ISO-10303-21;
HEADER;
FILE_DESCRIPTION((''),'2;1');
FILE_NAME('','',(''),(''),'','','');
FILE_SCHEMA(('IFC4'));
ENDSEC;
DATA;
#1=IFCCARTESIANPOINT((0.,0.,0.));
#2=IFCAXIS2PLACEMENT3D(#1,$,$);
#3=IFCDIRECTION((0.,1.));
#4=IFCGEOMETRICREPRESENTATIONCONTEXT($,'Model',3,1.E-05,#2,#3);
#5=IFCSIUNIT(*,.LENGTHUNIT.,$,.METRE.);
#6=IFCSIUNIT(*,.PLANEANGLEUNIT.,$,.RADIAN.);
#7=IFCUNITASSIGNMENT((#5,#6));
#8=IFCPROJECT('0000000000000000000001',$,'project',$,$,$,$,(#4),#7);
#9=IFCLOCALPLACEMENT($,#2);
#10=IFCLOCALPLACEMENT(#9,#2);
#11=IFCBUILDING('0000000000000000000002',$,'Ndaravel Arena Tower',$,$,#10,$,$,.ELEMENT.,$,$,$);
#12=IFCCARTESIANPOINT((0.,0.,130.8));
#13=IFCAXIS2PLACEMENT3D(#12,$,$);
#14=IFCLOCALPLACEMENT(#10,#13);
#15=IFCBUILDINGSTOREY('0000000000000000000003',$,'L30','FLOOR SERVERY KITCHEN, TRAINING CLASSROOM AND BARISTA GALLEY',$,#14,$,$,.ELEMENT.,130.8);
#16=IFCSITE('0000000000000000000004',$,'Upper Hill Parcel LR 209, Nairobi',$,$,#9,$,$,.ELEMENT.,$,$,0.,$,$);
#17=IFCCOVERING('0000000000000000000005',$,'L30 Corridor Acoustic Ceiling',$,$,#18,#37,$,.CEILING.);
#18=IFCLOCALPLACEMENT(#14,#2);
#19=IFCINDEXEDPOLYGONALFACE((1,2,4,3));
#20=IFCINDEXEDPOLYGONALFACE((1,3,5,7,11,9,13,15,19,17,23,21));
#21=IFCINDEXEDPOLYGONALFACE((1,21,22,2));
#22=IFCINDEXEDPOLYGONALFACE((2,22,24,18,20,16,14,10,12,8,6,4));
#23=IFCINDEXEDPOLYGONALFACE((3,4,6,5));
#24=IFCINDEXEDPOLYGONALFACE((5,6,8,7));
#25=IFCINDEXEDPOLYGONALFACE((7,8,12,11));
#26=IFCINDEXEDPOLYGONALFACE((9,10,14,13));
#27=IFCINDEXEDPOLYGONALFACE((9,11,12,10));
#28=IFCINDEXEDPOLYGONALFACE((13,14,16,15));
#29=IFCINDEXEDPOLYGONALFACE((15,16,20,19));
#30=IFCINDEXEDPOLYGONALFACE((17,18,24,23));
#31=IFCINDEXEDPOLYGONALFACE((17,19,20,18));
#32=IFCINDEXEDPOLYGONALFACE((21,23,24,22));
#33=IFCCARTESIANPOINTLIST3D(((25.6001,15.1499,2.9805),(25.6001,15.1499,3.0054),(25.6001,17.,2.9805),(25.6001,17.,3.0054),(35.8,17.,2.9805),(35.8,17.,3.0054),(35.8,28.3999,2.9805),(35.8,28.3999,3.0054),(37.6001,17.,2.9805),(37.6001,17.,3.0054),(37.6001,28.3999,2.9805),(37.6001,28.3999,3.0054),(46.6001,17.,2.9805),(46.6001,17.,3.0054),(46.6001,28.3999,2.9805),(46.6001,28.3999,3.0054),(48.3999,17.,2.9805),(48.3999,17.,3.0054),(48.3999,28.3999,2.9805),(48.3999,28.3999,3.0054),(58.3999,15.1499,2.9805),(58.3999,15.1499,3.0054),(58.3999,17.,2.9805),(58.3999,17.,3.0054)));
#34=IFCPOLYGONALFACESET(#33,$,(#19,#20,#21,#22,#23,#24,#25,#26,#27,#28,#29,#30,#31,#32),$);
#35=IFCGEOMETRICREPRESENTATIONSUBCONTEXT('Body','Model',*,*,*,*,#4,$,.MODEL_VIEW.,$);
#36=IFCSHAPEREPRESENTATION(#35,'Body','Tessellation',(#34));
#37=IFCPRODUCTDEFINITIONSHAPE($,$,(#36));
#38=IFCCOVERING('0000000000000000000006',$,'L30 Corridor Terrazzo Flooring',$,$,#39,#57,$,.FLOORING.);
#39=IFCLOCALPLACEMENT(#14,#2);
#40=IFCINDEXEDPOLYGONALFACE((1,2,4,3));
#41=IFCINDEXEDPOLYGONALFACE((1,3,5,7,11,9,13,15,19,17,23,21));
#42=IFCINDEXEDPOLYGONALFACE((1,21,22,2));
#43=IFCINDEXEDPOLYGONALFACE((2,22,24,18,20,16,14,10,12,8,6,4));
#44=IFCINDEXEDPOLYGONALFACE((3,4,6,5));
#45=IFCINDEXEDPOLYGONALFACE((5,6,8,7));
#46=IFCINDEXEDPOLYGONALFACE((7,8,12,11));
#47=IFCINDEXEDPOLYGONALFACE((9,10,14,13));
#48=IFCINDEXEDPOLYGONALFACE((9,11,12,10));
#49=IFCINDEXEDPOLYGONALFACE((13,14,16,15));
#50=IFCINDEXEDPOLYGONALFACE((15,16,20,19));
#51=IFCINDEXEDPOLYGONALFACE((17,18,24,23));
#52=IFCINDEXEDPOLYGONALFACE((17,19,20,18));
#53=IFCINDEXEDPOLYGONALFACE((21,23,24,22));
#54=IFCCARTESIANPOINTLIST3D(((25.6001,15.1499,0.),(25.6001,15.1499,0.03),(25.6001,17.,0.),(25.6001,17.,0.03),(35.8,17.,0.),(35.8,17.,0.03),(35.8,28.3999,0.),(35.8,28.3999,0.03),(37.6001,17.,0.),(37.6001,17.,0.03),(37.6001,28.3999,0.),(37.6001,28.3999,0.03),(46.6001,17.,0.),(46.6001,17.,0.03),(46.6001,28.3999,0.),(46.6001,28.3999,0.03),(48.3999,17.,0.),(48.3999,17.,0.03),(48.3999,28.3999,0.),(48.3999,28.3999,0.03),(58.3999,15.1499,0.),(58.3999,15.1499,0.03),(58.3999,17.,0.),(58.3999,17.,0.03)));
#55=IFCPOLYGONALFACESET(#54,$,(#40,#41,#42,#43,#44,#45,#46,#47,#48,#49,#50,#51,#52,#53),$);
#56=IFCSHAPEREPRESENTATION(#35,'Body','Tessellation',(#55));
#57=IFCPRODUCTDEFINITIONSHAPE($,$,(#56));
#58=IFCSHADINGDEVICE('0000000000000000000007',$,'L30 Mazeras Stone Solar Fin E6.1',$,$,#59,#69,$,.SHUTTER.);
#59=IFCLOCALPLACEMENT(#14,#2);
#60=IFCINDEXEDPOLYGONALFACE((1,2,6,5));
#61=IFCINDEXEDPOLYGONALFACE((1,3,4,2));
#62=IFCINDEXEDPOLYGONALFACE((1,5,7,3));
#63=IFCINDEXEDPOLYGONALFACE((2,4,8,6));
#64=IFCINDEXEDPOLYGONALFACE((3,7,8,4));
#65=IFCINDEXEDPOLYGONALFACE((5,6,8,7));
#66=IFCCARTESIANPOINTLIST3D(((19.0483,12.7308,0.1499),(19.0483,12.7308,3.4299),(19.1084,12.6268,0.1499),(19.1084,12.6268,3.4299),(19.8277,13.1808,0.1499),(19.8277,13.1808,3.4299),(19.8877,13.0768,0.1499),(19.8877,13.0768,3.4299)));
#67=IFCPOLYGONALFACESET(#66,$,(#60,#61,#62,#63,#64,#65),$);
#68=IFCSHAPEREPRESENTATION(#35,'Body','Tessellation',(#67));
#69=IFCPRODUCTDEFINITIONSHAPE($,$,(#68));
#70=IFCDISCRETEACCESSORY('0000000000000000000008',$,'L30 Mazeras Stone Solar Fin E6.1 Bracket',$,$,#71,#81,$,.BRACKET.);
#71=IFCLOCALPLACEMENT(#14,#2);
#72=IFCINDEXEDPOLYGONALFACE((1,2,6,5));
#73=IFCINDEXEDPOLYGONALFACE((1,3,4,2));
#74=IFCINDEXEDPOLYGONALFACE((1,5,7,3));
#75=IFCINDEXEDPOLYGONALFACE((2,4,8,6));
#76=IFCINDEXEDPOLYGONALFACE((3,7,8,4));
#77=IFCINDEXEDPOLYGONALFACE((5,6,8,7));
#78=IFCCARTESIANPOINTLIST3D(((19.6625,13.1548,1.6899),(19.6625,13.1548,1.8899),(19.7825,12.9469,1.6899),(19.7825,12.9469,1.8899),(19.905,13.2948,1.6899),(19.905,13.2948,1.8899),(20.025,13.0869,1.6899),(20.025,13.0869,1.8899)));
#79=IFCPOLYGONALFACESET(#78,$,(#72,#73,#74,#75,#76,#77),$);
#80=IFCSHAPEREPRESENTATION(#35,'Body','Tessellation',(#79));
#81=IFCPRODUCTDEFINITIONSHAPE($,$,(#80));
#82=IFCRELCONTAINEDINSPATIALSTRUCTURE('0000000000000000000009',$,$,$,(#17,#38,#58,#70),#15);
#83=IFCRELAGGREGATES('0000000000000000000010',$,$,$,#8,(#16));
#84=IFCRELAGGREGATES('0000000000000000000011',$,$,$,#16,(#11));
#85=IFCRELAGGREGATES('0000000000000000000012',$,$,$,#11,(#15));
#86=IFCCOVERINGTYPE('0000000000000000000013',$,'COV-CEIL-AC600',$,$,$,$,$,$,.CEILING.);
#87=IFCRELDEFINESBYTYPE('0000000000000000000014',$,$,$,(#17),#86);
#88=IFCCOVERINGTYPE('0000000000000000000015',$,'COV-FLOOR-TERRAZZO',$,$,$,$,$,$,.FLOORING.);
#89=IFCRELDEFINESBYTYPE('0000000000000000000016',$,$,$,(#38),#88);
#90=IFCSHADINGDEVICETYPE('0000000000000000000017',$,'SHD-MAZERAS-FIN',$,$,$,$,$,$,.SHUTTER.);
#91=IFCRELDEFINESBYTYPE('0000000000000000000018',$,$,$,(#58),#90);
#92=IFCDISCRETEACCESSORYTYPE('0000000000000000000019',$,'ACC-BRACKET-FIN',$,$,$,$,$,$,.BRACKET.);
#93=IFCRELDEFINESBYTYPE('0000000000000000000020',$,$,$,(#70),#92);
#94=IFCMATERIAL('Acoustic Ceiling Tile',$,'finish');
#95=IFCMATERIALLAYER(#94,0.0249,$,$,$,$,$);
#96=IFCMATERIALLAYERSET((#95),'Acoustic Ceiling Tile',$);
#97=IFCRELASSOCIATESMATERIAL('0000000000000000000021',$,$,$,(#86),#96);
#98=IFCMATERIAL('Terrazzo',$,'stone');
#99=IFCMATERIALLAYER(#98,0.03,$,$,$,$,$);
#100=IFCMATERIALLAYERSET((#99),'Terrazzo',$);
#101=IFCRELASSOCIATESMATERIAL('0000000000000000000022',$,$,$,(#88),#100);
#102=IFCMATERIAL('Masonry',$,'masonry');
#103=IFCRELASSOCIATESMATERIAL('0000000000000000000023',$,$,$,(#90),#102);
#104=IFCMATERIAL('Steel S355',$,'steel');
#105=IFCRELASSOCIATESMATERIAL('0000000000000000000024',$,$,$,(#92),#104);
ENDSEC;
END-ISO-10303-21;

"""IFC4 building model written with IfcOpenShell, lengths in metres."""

from ifc_helpers import new_model, si_unit, direction, frame, origin, origin_2d, place, context, subcontext, project, spatial, polyline, rectangle, outline, extrude, material, layer, layer_set, type_object, element, save


model = new_model("IFC4")

# Units and contexts
model_context = context("Model", 3, precision=1e-05, world=origin(), true_north=direction((0.0, 1.0)))
body_context = subcontext(model_context, "Body", "Model", "MODEL_VIEW")
ifc_project = project(units=[si_unit("LENGTHUNIT", "METRE"), si_unit("PLANEANGLEUNIT", "RADIAN")], contexts=[model_context])

# Site, building, storey
site_placement = place(None, origin())
site = spatial("IfcSite", under=ifc_project, at=site_placement, Name="Upper Hill Parcel LR 209, Nairobi", CompositionType="ELEMENT", RefElevation=0.0)
building_placement = place(site_placement, origin())
building = spatial("IfcBuilding", under=site, at=building_placement, Name="Ndaravel Arena Tower", CompositionType="ELEMENT")
storey_placement = place(building_placement, frame((0.0, 0.0, 130.8)))
storey = spatial("IfcBuildingStorey", under=building, at=storey_placement, Name="L30", Description="FLOOR SERVERY KITCHEN, TRAINING CLASSROOM AND BARISTA GALLEY", CompositionType="ELEMENT", Elevation=130.8)

# Coverings
ifc_material_1 = material(Name="Acoustic Ceiling Tile", Category="finish")
ifc_layer_1 = layer(ifc_material_1, 0.0249)
ifc_layer_set_1 = layer_set([ifc_layer_1], Name="Acoustic Ceiling Tile")
covering_type_1 = type_object("IfcCoveringType", Name="COV-CEIL-AC600", PredefinedType="CEILING", material=ifc_layer_set_1)
covering_1_placement = place(storey_placement, frame((0.0, 0.0, 2.9805)))
element("IfcCovering", 1, at=covering_1_placement, inside=storey, type_object=covering_type_1, Name="L30 Corridor Acoustic Ceiling", PredefinedType="CEILING", context=body_context, shape_type="SweptSolid", body=[
    extrude(outline(polyline([(58.3999, 17.0), (48.3999, 17.0), (48.3999, 28.3999), (46.6001, 28.3999), (46.6001, 17.0), (37.6001, 17.0), (37.6001, 28.3999), (35.8, 28.3999), (35.8, 17.0), (25.6001, 17.0), (25.6001, 15.1499), (58.3999, 15.1499), (58.3999, 17.0)])), origin(), (0.0, 0.0, 1.0), 0.0249),
])
ifc_material_2 = material(Name="Terrazzo", Category="stone")
ifc_layer_2 = layer(ifc_material_2, 0.03)
ifc_layer_set_2 = layer_set([ifc_layer_2], Name="Terrazzo")
covering_type_2 = type_object("IfcCoveringType", Name="COV-FLOOR-TERRAZZO", PredefinedType="FLOORING", material=ifc_layer_set_2)
covering_2_placement = place(storey_placement, origin())
element("IfcCovering", 2, at=covering_2_placement, inside=storey, type_object=covering_type_2, Name="L30 Corridor Terrazzo Flooring", PredefinedType="FLOORING", context=body_context, shape_type="SweptSolid", body=[
    extrude(outline(polyline([(58.3999, 17.0), (48.3999, 17.0), (48.3999, 28.3999), (46.6001, 28.3999), (46.6001, 17.0), (37.6001, 17.0), (37.6001, 28.3999), (35.8, 28.3999), (35.8, 17.0), (25.6001, 17.0), (25.6001, 15.1499), (58.3999, 15.1499), (58.3999, 17.0)])), origin(), (0.0, 0.0, 1.0), 0.03),
])

# Shading device
ifc_material_3 = material(Name="Masonry", Category="masonry")
shading_device_type = type_object("IfcShadingDeviceType", Name="SHD-MAZERAS-FIN", PredefinedType="SHUTTER", material=ifc_material_3)
shading_device_placement = place(storey_placement, frame((19.468, 12.9038, 0.1499), z_axis=(0.0, 0.0, 1.0), x_axis=(-0.866025, -0.5, 0.0)))
element("IfcShadingDevice", 3, at=shading_device_placement, inside=storey, type_object=shading_device_type, Name="L30 Mazeras Stone Solar Fin E6.1", PredefinedType="SHUTTER", context=body_context, shape_type="SweptSolid", body=[
    extrude(rectangle(XDim=0.8999, YDim=0.1201, at=origin_2d()), origin(), (0.0, 0.0, 1.0), 3.28),
])

# Discrete accessory
ifc_material_4 = material(Name="Steel S355", Category="steel")
discrete_accessory_type = type_object("IfcDiscreteAccessoryType", Name="ACC-BRACKET-FIN", PredefinedType="BRACKET", material=ifc_material_4)
discrete_accessory_placement = place(storey_placement, frame((19.8438, 13.1208, 1.6899), z_axis=(0.0, 0.0, 1.0), x_axis=(-0.866025, -0.5, 0.0)))
element("IfcDiscreteAccessory", 4, at=discrete_accessory_placement, inside=storey, type_object=discrete_accessory_type, Name="L30 Mazeras Stone Solar Fin E6.1 Bracket", PredefinedType="BRACKET", context=body_context, shape_type="SweptSolid", body=[
    extrude(rectangle(XDim=0.28, YDim=0.24, at=origin_2d()), origin(), (0.0, 0.0, 1.0), 0.2),
])

save(model, "model.ifc")
